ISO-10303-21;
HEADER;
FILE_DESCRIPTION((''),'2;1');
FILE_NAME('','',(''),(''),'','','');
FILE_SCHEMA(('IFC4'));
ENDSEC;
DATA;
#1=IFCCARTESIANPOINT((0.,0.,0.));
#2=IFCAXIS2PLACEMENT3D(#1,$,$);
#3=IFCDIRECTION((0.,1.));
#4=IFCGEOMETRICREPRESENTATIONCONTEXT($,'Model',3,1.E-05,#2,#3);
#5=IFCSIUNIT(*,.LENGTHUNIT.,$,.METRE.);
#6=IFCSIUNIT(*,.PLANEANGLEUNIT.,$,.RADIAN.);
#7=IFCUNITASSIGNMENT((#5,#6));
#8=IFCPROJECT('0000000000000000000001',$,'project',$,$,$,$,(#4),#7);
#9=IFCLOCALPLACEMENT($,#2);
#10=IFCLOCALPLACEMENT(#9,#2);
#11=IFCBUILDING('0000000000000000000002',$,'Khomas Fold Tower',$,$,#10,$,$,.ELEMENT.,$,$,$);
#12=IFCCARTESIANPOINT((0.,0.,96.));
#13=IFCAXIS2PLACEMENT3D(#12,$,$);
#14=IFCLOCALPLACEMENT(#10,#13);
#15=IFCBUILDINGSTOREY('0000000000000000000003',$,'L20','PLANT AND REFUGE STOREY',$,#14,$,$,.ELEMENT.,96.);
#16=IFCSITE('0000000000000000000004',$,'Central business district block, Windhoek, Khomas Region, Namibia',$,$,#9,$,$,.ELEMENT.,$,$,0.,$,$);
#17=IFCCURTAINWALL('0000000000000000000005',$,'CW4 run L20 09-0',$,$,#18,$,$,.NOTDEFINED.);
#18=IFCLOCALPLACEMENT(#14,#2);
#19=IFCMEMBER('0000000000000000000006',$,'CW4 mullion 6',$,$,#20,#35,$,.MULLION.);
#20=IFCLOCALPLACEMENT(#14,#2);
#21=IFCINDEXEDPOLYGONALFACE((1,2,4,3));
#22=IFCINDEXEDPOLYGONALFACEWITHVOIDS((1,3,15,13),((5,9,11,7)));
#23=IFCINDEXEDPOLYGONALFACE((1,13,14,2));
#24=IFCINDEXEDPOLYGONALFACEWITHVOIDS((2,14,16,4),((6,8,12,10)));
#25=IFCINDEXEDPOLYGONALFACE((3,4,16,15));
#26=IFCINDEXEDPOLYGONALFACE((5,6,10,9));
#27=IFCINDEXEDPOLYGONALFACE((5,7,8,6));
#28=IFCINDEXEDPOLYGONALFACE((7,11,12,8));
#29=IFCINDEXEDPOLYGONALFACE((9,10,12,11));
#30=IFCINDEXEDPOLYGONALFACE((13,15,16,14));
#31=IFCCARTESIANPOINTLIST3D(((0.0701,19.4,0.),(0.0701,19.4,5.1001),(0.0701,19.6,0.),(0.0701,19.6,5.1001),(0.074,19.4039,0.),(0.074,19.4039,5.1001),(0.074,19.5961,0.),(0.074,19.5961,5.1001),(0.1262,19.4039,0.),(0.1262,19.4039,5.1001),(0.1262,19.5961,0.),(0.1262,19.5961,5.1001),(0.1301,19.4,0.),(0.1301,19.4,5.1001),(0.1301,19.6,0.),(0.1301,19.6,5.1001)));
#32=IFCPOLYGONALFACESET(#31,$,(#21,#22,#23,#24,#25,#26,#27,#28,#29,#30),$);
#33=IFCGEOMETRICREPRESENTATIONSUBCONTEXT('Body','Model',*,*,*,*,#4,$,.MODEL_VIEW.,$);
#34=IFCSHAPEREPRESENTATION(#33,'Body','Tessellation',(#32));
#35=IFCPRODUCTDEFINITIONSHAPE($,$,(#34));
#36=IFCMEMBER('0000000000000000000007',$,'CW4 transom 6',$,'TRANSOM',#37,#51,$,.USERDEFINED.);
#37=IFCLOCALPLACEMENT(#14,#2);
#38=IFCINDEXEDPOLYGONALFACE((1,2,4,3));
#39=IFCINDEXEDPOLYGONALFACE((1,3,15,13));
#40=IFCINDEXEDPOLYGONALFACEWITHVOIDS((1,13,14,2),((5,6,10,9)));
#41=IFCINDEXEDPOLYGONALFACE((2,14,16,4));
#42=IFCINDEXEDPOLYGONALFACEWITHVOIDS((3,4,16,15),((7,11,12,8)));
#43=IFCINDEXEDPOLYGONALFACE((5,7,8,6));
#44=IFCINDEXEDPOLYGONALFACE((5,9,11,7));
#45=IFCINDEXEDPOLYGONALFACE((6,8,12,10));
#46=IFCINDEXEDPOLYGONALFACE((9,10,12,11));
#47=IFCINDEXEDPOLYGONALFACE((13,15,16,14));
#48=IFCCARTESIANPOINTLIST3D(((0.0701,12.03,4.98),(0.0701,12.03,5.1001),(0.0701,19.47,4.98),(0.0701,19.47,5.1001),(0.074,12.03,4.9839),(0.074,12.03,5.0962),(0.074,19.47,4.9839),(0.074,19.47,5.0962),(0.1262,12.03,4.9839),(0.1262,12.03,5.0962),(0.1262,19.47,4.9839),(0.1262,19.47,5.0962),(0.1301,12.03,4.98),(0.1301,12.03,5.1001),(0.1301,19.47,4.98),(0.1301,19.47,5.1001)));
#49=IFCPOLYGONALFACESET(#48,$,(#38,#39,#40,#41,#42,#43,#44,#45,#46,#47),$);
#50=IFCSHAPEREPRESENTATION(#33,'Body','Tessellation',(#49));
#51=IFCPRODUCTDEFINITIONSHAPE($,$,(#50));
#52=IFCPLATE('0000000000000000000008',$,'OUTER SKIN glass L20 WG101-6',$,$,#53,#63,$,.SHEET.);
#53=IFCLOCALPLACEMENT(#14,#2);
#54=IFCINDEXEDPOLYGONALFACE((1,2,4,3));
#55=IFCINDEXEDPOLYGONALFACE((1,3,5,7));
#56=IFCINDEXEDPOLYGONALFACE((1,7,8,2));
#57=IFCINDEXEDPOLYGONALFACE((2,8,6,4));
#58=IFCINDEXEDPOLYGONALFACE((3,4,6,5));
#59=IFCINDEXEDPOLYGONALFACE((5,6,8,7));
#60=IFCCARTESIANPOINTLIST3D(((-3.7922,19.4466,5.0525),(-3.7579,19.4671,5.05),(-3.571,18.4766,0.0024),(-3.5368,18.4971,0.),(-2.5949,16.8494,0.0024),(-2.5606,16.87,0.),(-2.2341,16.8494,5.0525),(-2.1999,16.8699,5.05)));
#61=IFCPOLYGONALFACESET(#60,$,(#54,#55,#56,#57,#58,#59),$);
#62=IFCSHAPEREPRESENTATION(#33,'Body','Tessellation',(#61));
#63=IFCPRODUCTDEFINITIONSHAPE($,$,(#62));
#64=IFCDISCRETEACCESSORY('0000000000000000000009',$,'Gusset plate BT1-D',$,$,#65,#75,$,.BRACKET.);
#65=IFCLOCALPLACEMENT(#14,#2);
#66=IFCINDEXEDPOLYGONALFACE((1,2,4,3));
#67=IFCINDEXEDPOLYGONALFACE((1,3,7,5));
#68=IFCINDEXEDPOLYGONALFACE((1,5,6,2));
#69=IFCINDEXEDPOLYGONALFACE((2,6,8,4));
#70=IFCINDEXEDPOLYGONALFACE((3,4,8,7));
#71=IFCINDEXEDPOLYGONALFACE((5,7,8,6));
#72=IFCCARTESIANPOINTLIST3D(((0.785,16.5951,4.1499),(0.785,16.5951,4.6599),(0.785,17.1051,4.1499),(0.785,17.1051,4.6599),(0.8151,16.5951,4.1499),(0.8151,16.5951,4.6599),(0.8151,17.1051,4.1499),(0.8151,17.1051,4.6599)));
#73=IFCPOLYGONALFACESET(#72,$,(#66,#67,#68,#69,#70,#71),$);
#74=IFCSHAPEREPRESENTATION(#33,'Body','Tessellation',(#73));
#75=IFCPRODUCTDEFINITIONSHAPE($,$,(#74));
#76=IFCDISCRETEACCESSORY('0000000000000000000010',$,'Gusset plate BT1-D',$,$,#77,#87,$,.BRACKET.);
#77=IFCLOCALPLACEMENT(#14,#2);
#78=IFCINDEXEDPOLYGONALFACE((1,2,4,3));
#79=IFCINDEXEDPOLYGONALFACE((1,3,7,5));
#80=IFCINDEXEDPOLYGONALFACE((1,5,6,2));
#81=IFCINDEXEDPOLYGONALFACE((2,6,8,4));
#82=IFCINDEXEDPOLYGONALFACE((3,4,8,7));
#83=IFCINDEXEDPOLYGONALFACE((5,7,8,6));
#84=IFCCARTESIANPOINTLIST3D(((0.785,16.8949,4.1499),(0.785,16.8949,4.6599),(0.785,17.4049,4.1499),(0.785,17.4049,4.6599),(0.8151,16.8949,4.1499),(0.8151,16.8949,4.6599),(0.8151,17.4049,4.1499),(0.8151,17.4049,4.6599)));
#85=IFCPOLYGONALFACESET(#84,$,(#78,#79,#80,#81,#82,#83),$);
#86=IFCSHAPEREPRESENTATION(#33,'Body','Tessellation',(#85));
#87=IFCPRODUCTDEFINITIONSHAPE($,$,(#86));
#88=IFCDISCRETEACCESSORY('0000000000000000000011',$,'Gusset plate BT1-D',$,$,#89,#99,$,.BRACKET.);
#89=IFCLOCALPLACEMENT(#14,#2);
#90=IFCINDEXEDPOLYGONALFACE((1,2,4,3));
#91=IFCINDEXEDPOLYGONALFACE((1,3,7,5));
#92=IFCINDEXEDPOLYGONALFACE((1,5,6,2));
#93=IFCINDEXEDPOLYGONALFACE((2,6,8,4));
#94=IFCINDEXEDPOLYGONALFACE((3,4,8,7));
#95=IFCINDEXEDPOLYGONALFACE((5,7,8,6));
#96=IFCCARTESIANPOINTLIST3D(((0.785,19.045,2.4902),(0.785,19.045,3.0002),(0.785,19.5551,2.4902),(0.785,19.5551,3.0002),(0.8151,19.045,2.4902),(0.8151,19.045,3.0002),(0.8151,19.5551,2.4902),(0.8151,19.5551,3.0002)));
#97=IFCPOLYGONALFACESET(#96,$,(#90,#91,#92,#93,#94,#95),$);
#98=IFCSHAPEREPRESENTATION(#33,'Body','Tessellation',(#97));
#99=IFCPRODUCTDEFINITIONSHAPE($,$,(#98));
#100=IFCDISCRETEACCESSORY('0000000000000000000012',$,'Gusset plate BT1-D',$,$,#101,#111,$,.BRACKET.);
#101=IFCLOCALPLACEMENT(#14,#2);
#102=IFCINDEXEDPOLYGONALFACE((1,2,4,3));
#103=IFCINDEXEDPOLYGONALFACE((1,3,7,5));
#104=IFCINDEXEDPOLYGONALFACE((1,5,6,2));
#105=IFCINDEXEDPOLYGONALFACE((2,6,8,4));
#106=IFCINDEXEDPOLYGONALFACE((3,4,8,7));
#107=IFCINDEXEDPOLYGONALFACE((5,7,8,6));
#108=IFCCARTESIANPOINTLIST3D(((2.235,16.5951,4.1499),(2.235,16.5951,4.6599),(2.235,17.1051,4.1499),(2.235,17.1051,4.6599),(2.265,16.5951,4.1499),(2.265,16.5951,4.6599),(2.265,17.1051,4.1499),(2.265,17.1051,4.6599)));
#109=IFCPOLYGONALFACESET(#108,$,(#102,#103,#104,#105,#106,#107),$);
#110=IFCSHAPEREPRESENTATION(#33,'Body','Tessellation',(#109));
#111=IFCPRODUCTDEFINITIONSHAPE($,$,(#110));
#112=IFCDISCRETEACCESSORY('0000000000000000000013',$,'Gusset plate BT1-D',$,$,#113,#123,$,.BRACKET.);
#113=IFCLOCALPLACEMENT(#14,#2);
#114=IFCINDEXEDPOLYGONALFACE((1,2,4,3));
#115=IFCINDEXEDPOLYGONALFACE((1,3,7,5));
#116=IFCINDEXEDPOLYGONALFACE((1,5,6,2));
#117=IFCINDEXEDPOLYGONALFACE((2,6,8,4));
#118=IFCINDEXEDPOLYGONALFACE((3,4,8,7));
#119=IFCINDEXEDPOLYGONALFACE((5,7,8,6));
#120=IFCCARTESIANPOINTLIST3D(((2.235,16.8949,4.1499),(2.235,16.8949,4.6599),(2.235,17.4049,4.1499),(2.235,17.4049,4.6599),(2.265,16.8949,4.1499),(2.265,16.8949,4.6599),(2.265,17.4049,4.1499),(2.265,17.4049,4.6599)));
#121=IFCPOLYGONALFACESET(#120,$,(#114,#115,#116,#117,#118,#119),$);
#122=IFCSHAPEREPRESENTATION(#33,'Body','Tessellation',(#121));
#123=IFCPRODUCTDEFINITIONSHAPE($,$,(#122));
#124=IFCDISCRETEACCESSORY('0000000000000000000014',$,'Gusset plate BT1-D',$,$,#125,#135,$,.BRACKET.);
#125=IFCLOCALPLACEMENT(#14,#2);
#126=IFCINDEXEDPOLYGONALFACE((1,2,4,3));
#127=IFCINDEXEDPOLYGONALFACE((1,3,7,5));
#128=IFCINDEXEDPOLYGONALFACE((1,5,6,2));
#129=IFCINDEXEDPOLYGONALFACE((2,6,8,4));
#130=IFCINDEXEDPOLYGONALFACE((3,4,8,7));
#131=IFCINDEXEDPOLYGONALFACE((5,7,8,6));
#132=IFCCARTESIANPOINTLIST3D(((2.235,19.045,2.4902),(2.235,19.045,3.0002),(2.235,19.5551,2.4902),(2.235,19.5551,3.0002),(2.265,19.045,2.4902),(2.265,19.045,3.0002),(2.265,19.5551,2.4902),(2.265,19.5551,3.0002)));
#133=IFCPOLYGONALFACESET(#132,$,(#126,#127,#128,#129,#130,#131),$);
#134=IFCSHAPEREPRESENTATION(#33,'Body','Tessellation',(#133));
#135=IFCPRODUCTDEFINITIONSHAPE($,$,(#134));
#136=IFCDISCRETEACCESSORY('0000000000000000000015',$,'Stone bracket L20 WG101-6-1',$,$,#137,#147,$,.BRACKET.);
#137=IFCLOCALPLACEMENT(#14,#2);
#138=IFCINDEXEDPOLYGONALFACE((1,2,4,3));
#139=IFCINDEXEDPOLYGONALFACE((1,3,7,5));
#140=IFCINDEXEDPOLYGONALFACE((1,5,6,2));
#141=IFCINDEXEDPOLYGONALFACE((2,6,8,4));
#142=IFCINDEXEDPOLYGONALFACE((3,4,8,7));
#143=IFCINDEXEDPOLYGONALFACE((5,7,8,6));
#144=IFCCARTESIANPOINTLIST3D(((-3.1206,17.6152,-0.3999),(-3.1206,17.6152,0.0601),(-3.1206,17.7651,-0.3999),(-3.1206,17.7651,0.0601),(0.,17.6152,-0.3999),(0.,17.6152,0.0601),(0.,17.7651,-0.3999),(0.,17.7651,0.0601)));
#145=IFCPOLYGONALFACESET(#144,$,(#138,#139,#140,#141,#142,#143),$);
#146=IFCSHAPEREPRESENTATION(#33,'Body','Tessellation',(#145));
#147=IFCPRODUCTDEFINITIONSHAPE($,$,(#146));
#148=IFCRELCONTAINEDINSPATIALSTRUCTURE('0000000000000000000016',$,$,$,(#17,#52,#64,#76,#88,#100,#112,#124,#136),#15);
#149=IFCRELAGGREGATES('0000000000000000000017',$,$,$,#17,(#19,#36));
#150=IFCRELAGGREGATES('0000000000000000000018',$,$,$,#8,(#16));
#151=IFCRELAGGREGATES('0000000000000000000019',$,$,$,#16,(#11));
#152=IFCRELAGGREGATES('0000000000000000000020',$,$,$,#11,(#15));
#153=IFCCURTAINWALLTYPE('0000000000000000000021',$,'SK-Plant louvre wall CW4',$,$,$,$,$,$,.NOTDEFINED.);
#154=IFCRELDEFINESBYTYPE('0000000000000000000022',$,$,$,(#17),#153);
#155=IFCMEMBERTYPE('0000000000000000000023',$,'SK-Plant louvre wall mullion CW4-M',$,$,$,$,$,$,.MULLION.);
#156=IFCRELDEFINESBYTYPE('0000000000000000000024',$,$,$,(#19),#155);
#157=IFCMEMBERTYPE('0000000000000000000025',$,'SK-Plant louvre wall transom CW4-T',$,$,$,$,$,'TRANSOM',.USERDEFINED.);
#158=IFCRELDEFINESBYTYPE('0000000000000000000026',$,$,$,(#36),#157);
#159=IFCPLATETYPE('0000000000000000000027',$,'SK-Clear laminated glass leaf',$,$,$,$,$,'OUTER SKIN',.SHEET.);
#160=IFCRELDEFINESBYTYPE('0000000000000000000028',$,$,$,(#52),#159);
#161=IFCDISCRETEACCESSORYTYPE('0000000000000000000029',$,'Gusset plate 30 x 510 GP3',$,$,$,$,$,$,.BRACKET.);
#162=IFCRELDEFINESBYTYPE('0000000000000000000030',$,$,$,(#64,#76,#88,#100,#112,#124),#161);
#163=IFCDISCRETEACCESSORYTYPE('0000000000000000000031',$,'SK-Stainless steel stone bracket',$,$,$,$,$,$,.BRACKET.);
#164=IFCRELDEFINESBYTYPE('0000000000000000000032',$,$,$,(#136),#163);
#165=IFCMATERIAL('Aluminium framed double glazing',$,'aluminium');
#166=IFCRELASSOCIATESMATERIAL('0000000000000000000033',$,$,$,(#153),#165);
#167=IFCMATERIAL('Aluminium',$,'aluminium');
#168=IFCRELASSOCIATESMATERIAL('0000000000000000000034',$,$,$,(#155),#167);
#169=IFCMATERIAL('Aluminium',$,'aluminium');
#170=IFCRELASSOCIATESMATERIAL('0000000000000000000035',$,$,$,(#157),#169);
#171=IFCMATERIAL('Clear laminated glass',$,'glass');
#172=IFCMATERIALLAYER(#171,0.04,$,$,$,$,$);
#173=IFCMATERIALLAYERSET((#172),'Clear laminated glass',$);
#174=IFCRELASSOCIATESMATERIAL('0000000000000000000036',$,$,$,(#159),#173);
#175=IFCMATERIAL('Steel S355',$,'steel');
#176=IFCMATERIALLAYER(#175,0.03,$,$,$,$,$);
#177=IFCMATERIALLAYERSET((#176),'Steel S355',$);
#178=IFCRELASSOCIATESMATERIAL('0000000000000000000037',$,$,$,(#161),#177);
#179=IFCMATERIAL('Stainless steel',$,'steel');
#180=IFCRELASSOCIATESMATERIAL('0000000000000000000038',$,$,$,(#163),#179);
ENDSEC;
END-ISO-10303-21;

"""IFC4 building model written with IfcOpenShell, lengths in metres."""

from ifc_helpers import new_model, si_unit, direction, frame, origin, origin_2d, place, context, subcontext, project, spatial, polyline, rectangle, hollow_rectangle, outline, extrude, source, transform, mapped, material, layer, layer_set, material_profile, profile_set, type_object, element, aggregate, save


model = new_model("IFC4")

# Units and contexts
model_context = context("Model", 3, precision=1e-05, world=origin(), true_north=direction((0.0, 1.0)))
body_context = subcontext(model_context, "Body", "Model", "MODEL_VIEW")
ifc_project = project(units=[si_unit("LENGTHUNIT", "METRE"), si_unit("PLANEANGLEUNIT", "RADIAN")], contexts=[model_context])

# Site, building, storey
site_placement = place(None, origin())
site = spatial("IfcSite", under=ifc_project, at=site_placement, Name="Central business district block, Windhoek, Khomas Region, Namibia", CompositionType="ELEMENT", RefElevation=0.0)
building_placement = place(site_placement, origin())
building = spatial("IfcBuilding", under=site, at=building_placement, Name="Khomas Fold Tower", CompositionType="ELEMENT")
storey_placement = place(building_placement, frame((0.0, 0.0, 96.0)))
storey = spatial("IfcBuildingStorey", under=building, at=storey_placement, Name="L20", Description="PLANT AND REFUGE STOREY", CompositionType="ELEMENT", Elevation=96.0)

# Curtain wall, members
ifc_material_1 = material(Name="Aluminium framed double glazing", Category="aluminium")
curtain_wall_type = type_object("IfcCurtainWallType", Name="SK-Plant louvre wall CW4", PredefinedType="NOTDEFINED", material=ifc_material_1)
curtain_wall_placement = place(storey_placement, origin())
curtain_wall = element("IfcCurtainWall", 1, at=curtain_wall_placement, inside=storey, type_object=curtain_wall_type, Name="CW4 run L20 09-0", PredefinedType="NOTDEFINED")
ifc_material_2 = material(Name="Aluminium", Category="aluminium")
ifc_material_profile_1 = material_profile(ifc_material_2, hollow_rectangle(XDim=0.0601, YDim=0.2, WallThickness=0.0039, at=origin_2d()), Name="SK-Plant louvre wall mullion CW4-M")
ifc_profile_set_1 = profile_set([ifc_material_profile_1], Name="Aluminium")
member_type_1 = type_object("IfcMemberType", Name="SK-Plant louvre wall mullion CW4-M", PredefinedType="MULLION", material=ifc_profile_set_1)
shared_shape_1 = source(origin(), body_context, "Body", "SweptSolid", [
    extrude(hollow_rectangle(XDim=0.0601, YDim=0.2, WallThickness=0.0039, at=origin_2d()), origin(), (0.0, 0.0, 1.0), 5.1001),
])
member_1_placement = place(storey_placement, frame((0.1001, 19.5, 0.0), z_axis=(0.0, 0.0, 1.0), x_axis=(1.0, 0.0, 0.0)))
member_1 = element("IfcMember", 2, at=member_1_placement, type_object=member_type_1, Name="CW4 mullion 6", PredefinedType="MULLION", context=body_context, shape_type="MappedRepresentation", body=[
    mapped(shared_shape_1, transform((0.0, 0.0, 0.0))),
])
ifc_material_3 = material(Name="Aluminium", Category="aluminium")
ifc_material_profile_2 = material_profile(ifc_material_3, hollow_rectangle(XDim=0.0601, YDim=0.1201, WallThickness=0.0039, at=origin_2d()), Name="SK-Plant louvre wall transom CW4-T")
ifc_profile_set_2 = profile_set([ifc_material_profile_2], Name="Aluminium")
member_type_2 = type_object("IfcMemberType", Name="SK-Plant louvre wall transom CW4-T", ElementType="TRANSOM", PredefinedType="USERDEFINED", material=ifc_profile_set_2)
shared_shape_2 = source(origin(), body_context, "Body", "SweptSolid", [
    extrude(hollow_rectangle(XDim=0.0601, YDim=0.1201, WallThickness=0.0039, at=origin_2d()), origin(), (0.0, 0.0, 1.0), 7.4399),
])
member_2_placement = place(storey_placement, frame((0.1001, 19.47, 5.04), z_axis=(0.0, -1.0, 0.0), x_axis=(1.0, 0.0, 0.0)))
member_2 = element("IfcMember", 3, at=member_2_placement, type_object=member_type_2, Name="CW4 transom 6", ObjectType="TRANSOM", PredefinedType="USERDEFINED", context=body_context, shape_type="MappedRepresentation", body=[
    mapped(shared_shape_2, transform((0.0, 0.0, 0.0))),
])
aggregate(curtain_wall, [member_1, member_2])

# Plate
ifc_material_4 = material(Name="Clear laminated glass", Category="glass")
ifc_layer_1 = layer(ifc_material_4, 0.04)
ifc_layer_set_1 = layer_set([ifc_layer_1], Name="Clear laminated glass")
plate_type = type_object("IfcPlateType", Name="SK-Clear laminated glass leaf", ElementType="OUTER SKIN", PredefinedType="SHEET", material=ifc_layer_set_1)
plate_placement = place(storey_placement, frame((-3.571, 18.4766, 0.0024), z_axis=(-0.855928, -0.513468, 0.061146), x_axis=(0.51443, -0.857532, -0.000002)))
element("IfcPlate", 4, at=plate_placement, inside=storey, type_object=plate_type, Name="OUTER SKIN glass L20 WG101-6", PredefinedType="SHEET", context=body_context, shape_type="SweptSolid", body=[
    extrude(outline(polyline([(0.0, 0.0), (1.8975, 0.0), (2.0831, 5.0595), (-0.9456, 5.0595), (0.0, 0.0)])), origin(), (0.0, 0.0, -1.0), 0.04),
])

# Discrete accessories
ifc_material_5 = material(Name="Steel S355", Category="steel")
ifc_layer_2 = layer(ifc_material_5, 0.03)
ifc_layer_set_2 = layer_set([ifc_layer_2], Name="Steel S355")
discrete_accessory_type_1 = type_object("IfcDiscreteAccessoryType", Name="Gusset plate 30 x 510 GP3", PredefinedType="BRACKET", material=ifc_layer_set_2)
shared_shape_3 = source(origin(), body_context, "Body", "SweptSolid", [
    extrude(rectangle(XDim=0.51, YDim=0.03, at=origin_2d()), origin(), (0.0, 0.0, 1.0), 0.51),
])
for number, where, z_axis, x_axis, name in (
    (5, (0.8, 16.8501, 4.1499), (0.0, 0.0, 1.0), (0.0, 1.0, 0.0), "Gusset plate BT1-D"),
    (6, (0.8, 17.1499, 4.1499), (0.0, 0.0, 1.0), (0.0, 1.0, 0.0), "Gusset plate BT1-D"),
    (7, (0.8, 19.3, 2.4902), (0.0, 0.0, 1.0), (0.0, 1.0, 0.0), "Gusset plate BT1-D"),
    (8, (2.25, 16.8501, 4.1499), (0.0, 0.0, 1.0), (0.0, 1.0, 0.0), "Gusset plate BT1-D"),
    (9, (2.25, 17.1499, 4.1499), (0.0, 0.0, 1.0), (0.0, 1.0, 0.0), "Gusset plate BT1-D"),
    (10, (2.25, 19.3, 2.4902), (0.0, 0.0, 1.0), (0.0, 1.0, 0.0), "Gusset plate BT1-D"),
):
    element("IfcDiscreteAccessory", number, at=place(storey_placement, frame(where, z_axis=z_axis, x_axis=x_axis)), inside=storey, type_object=discrete_accessory_type_1, Name=name, PredefinedType="BRACKET", context=body_context, shape_type="MappedRepresentation", body=[
        mapped(shared_shape_3, transform((0.0, 0.0, 0.0))),
    ])
ifc_material_6 = material(Name="Stainless steel", Category="steel")
discrete_accessory_type_2 = type_object("IfcDiscreteAccessoryType", Name="SK-Stainless steel stone bracket", PredefinedType="BRACKET", material=ifc_material_6)
shared_shape_4 = source(origin(), body_context, "Body", "SweptSolid", [
    extrude(rectangle(XDim=3.1206, YDim=0.1499, at=origin_2d()), origin(), (0.0, 0.0, 1.0), 0.46),
])
discrete_accessory_placement = place(storey_placement, frame((-1.5603, 17.6902, -0.3999), z_axis=(0.0, 0.0, 1.0), x_axis=(-1.0, 0.0, 0.0)))
element("IfcDiscreteAccessory", 11, at=discrete_accessory_placement, inside=storey, type_object=discrete_accessory_type_2, Name="Stone bracket L20 WG101-6-1", PredefinedType="BRACKET", context=body_context, shape_type="MappedRepresentation", body=[
    mapped(shared_shape_4, transform((0.0, 0.0, 0.0))),
])

save(model, "model.ifc")
